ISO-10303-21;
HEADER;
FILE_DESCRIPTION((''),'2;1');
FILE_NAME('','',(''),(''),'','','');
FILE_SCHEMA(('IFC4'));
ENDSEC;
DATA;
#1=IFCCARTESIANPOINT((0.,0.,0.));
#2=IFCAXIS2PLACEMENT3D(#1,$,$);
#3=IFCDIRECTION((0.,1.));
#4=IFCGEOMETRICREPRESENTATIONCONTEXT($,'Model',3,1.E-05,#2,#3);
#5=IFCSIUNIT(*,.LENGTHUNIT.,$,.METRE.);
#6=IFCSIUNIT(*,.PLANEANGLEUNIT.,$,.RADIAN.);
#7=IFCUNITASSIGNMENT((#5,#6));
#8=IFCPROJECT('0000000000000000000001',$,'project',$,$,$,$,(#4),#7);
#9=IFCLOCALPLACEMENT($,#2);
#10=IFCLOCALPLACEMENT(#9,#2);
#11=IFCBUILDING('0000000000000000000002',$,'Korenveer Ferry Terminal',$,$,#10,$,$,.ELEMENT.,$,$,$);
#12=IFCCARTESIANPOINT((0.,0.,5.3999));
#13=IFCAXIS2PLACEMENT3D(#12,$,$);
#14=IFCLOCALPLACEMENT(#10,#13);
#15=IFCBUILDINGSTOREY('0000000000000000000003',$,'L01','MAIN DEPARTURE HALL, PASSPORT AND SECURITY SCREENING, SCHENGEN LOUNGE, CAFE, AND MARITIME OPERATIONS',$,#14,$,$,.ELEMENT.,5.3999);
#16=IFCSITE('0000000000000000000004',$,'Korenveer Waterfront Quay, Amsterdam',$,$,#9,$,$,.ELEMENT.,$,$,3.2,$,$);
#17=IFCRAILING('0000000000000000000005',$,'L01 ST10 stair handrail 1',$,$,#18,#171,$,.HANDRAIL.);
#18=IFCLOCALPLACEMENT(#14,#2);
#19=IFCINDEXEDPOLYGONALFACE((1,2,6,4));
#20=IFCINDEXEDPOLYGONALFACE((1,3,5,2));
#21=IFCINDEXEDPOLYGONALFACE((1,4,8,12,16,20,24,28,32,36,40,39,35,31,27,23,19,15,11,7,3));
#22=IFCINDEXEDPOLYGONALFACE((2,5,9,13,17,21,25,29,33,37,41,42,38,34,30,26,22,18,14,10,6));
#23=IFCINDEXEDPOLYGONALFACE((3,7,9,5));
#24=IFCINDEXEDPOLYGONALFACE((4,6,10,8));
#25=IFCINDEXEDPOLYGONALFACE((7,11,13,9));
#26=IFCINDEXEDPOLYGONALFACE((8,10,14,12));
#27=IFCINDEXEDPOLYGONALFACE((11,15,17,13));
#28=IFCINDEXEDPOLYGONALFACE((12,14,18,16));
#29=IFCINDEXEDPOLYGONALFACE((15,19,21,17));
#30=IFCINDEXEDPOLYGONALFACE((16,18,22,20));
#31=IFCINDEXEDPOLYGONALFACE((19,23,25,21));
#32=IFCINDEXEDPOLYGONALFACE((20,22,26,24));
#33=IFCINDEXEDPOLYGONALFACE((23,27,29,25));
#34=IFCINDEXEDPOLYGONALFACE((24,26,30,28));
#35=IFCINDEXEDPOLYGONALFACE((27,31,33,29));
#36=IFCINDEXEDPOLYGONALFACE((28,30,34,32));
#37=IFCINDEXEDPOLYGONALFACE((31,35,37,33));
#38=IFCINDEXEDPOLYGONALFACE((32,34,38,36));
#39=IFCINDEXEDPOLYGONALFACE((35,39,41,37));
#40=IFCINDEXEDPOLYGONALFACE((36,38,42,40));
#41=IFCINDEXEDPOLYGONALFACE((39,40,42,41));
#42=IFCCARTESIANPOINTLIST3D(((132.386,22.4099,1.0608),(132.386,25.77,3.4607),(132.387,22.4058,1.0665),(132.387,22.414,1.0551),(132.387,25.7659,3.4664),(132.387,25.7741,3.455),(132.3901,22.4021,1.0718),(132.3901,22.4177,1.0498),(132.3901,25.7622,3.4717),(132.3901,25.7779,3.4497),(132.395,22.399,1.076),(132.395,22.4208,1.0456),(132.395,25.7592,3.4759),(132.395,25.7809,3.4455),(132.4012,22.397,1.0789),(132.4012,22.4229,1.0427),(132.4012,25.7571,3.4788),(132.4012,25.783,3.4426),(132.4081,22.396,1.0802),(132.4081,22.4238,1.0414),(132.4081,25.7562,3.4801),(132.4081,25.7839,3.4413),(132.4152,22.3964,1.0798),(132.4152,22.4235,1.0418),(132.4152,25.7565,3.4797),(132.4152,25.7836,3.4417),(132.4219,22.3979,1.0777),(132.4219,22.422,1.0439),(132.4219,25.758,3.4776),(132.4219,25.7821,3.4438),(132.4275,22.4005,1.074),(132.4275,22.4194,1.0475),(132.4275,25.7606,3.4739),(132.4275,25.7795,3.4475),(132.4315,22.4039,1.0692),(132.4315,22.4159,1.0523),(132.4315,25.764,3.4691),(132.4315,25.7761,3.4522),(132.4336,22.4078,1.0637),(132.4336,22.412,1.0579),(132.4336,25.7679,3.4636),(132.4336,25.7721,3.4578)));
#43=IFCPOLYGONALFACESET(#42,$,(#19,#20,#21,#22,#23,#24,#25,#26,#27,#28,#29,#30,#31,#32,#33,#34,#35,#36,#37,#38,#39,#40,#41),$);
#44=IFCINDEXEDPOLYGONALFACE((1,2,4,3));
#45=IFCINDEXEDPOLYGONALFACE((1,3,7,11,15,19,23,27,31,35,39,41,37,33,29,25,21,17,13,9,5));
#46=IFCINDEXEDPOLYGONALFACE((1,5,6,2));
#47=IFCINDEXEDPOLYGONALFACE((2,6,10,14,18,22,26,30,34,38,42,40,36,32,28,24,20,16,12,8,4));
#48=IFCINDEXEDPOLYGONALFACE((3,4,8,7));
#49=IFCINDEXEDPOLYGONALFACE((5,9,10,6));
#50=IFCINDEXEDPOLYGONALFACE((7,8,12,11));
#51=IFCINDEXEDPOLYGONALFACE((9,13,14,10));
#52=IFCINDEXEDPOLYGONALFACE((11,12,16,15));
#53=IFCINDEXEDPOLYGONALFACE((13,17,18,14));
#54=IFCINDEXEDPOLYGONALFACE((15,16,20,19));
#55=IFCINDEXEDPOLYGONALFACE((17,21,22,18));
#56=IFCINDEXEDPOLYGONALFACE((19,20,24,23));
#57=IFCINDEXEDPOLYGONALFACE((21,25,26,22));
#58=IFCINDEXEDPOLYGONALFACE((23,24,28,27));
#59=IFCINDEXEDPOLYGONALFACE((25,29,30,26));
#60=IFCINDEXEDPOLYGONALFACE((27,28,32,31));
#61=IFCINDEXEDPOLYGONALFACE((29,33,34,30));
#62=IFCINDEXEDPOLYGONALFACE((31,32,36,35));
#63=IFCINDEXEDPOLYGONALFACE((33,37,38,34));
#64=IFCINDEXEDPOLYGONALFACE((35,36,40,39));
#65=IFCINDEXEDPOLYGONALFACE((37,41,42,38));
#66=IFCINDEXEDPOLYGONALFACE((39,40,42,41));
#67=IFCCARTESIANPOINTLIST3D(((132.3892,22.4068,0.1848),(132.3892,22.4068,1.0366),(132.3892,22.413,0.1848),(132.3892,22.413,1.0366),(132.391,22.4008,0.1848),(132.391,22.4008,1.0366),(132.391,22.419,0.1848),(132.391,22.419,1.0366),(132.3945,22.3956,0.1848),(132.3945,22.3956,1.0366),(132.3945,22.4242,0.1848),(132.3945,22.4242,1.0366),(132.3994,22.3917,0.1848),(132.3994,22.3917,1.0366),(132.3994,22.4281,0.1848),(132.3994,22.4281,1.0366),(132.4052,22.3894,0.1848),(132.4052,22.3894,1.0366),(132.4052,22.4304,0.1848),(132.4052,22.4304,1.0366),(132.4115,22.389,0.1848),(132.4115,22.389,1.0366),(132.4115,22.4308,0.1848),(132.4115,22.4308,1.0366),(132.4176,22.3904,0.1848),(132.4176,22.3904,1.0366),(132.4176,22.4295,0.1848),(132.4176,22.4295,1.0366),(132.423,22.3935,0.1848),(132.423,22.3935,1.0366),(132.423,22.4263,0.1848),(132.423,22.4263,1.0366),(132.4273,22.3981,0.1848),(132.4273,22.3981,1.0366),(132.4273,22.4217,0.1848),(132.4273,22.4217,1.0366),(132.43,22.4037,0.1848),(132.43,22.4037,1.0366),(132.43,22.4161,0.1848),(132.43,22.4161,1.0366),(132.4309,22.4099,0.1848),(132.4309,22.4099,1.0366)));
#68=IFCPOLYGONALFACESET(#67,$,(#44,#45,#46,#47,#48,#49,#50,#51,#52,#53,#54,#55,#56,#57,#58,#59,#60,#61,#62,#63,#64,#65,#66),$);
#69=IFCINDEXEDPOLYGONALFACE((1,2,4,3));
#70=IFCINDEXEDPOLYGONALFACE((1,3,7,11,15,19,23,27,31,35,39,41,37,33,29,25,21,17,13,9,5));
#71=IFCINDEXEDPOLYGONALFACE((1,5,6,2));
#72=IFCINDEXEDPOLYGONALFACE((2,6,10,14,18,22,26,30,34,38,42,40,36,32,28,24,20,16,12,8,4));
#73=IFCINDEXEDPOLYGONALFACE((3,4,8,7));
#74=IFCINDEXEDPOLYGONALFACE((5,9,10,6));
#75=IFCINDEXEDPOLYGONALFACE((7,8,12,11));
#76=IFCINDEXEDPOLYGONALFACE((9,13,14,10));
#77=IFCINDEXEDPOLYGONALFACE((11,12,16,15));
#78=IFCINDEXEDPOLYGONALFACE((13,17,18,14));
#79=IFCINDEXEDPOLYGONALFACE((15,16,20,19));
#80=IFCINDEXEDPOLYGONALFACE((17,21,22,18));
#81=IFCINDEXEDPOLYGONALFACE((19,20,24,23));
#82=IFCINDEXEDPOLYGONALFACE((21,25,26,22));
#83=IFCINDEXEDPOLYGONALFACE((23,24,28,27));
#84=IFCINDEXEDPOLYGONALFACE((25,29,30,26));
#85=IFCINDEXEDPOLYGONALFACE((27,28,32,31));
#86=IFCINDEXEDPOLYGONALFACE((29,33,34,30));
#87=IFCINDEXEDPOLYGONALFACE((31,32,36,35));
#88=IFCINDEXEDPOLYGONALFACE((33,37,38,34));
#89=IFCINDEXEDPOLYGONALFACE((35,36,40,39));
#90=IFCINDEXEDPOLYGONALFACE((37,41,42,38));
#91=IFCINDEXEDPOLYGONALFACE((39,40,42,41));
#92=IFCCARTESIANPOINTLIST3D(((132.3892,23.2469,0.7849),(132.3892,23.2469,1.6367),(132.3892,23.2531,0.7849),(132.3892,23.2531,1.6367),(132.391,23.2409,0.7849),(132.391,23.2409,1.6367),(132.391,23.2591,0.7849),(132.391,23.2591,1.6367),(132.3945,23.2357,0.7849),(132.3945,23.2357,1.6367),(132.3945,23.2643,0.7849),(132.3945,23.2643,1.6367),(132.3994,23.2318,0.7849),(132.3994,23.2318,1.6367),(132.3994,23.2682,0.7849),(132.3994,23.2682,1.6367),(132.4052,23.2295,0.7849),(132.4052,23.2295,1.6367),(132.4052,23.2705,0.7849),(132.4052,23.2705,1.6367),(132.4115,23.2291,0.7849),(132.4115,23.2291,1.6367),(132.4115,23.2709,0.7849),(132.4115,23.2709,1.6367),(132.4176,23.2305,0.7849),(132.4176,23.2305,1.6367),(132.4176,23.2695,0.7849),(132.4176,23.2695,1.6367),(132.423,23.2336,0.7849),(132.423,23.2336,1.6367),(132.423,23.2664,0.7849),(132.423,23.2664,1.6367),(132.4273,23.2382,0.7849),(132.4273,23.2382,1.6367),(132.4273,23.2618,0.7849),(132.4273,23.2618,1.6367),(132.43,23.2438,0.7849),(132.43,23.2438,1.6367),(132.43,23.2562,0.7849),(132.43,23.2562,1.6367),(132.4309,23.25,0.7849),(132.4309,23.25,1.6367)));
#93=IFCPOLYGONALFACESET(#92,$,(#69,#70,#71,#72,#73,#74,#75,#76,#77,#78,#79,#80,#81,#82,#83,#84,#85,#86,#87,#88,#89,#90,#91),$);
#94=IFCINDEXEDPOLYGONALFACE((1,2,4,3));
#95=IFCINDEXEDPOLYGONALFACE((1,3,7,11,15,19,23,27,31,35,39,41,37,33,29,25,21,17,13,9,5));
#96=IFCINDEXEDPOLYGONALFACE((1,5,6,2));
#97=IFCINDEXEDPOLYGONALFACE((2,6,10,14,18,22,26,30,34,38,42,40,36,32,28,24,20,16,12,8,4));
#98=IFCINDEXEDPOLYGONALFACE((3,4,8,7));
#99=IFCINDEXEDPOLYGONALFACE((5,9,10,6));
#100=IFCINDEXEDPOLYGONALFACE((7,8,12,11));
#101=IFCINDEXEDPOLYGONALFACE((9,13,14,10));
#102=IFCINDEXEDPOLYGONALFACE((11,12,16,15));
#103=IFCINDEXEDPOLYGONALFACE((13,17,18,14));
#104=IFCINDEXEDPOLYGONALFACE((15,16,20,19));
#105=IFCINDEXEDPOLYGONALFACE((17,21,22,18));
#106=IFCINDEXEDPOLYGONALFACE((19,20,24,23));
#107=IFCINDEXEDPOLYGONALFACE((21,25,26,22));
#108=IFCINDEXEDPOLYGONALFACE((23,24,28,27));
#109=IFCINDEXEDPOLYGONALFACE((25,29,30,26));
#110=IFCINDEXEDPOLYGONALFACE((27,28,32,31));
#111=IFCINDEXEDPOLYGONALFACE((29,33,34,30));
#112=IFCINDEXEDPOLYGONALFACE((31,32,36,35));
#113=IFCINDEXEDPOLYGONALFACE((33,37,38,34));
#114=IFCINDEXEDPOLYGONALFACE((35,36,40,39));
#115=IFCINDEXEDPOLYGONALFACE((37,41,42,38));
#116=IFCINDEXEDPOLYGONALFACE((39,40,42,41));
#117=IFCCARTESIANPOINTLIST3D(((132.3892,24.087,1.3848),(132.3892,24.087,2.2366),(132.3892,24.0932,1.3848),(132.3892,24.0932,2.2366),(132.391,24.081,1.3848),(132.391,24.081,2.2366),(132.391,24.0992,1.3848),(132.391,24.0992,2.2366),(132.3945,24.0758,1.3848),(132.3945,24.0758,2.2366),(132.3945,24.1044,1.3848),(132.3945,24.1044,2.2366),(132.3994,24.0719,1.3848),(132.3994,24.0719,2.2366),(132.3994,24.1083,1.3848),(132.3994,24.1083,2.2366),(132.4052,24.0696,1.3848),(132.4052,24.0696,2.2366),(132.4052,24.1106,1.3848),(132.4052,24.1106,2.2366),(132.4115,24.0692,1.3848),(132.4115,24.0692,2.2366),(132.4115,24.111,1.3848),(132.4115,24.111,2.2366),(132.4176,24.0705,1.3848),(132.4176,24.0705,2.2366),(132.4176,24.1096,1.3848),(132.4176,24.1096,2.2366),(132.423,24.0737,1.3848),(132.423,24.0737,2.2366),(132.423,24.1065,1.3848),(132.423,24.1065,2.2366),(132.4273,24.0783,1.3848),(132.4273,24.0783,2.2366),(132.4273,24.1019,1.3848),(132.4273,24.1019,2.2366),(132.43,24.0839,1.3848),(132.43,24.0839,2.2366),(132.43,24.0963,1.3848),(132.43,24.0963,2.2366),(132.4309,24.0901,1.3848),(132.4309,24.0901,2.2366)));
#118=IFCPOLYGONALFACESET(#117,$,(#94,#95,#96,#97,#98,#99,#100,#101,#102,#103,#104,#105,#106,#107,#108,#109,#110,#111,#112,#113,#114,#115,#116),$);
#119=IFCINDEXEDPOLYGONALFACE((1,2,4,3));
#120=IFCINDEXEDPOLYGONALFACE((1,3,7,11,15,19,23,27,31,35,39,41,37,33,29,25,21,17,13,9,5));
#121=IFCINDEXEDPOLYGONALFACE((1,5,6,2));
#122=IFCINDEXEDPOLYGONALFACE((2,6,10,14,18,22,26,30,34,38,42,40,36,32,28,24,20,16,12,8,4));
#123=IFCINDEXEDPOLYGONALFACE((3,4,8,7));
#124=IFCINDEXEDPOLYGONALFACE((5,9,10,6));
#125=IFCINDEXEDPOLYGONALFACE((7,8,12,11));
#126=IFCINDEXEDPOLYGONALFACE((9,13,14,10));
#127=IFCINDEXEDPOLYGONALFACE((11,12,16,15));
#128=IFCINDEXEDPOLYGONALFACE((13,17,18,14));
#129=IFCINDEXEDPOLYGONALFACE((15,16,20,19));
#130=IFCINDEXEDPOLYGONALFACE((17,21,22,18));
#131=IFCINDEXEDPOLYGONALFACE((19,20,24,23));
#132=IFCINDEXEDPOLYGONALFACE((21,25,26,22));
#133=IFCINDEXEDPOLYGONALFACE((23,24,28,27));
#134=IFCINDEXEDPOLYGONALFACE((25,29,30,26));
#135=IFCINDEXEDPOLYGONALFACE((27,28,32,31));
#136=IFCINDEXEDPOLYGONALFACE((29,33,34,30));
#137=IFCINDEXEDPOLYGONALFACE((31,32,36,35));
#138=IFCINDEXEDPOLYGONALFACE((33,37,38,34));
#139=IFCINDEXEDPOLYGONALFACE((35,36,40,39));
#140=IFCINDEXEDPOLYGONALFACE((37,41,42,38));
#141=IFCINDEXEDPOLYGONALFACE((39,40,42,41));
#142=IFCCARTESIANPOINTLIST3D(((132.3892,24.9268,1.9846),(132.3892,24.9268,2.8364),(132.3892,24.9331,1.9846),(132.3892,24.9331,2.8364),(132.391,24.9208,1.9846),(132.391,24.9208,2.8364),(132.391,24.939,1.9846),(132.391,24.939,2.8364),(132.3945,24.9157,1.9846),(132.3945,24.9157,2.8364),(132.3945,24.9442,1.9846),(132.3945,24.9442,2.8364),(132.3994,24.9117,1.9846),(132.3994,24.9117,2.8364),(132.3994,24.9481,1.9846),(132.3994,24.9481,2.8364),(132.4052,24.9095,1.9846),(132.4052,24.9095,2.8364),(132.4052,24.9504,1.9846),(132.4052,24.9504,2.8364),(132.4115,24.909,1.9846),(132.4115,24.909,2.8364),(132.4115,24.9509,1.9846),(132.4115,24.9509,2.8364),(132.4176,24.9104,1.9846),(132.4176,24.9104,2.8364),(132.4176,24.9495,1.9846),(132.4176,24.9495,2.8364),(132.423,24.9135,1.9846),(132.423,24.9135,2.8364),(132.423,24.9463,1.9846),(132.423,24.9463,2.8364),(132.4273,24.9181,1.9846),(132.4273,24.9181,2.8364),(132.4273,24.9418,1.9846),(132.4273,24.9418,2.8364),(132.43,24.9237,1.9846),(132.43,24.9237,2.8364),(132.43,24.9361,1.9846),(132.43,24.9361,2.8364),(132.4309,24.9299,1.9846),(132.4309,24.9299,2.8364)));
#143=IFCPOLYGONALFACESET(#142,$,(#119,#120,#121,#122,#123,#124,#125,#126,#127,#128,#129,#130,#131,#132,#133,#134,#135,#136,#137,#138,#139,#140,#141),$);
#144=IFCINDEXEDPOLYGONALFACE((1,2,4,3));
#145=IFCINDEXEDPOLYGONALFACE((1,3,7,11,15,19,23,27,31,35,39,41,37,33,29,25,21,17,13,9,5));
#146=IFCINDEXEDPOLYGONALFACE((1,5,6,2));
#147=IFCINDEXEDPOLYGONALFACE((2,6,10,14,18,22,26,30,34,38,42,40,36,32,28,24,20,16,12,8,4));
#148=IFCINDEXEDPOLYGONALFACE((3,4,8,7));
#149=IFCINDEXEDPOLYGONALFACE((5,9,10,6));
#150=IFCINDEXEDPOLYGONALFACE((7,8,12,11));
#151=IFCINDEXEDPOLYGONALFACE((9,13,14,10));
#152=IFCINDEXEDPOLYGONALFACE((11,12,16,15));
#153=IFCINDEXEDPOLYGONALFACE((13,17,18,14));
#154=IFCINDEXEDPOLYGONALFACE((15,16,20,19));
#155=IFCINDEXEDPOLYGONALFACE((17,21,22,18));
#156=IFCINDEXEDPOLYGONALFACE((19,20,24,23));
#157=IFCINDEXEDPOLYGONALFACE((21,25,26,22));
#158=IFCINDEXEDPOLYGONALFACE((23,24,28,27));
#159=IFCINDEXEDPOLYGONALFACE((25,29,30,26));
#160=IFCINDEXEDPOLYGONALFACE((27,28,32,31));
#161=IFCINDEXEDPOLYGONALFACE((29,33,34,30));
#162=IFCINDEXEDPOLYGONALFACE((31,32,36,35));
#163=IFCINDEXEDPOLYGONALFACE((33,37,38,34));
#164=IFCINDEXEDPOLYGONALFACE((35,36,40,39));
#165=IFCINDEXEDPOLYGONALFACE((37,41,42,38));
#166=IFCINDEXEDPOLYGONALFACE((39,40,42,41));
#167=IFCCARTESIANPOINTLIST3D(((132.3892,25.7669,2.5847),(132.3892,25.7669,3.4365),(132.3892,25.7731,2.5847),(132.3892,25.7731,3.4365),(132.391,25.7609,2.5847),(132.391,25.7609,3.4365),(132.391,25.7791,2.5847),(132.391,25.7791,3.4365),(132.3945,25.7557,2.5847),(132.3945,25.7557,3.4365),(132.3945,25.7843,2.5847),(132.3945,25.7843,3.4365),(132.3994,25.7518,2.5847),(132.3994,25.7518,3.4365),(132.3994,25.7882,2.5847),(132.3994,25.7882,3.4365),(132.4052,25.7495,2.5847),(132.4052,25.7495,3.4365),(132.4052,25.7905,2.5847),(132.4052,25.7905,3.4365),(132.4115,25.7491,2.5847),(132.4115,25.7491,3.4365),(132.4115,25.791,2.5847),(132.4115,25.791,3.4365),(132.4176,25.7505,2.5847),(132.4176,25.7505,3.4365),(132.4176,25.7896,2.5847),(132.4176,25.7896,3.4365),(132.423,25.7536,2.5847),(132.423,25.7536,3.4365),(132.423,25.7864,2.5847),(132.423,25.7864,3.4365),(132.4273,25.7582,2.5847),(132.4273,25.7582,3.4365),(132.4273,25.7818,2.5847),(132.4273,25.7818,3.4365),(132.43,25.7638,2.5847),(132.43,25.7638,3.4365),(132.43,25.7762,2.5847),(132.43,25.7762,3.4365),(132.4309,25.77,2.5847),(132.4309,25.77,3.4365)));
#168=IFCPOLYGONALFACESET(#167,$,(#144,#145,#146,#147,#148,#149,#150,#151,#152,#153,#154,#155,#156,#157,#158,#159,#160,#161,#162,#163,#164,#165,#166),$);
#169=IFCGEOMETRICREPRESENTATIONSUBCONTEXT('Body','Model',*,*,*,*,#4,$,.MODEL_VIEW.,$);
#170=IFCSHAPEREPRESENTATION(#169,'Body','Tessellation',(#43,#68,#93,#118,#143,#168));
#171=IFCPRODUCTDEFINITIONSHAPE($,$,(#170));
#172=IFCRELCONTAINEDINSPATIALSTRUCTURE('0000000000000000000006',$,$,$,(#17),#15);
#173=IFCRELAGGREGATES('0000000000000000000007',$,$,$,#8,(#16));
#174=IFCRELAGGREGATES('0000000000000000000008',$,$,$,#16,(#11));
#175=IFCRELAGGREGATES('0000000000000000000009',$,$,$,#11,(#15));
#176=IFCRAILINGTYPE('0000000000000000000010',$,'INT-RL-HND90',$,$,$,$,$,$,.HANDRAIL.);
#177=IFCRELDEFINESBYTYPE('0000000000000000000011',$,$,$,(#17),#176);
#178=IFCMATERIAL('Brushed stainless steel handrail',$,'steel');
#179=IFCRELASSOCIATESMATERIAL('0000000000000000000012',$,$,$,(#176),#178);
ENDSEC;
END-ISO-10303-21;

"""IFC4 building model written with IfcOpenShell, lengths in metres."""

from ifc_helpers import new_model, si_unit, direction, frame, origin, origin_2d, place, context, subcontext, project, spatial, circle, extrude, material, type_object, element, save


model = new_model("IFC4")

# Units and contexts
model_context = context("Model", 3, precision=1e-05, world=origin(), true_north=direction((0.0, 1.0)))
body_context = subcontext(model_context, "Body", "Model", "MODEL_VIEW")
ifc_project = project(units=[si_unit("LENGTHUNIT", "METRE"), si_unit("PLANEANGLEUNIT", "RADIAN")], contexts=[model_context])

# Site, building, storey
site_placement = place(None, origin())
site = spatial("IfcSite", under=ifc_project, at=site_placement, Name="Korenveer Waterfront Quay, Amsterdam", CompositionType="ELEMENT", RefElevation=3.2)
building_placement = place(site_placement, origin())
building = spatial("IfcBuilding", under=site, at=building_placement, Name="Korenveer Ferry Terminal", CompositionType="ELEMENT")
storey_placement = place(building_placement, frame((0.0, 0.0, 5.3999)))
storey = spatial("IfcBuildingStorey", under=building, at=storey_placement, Name="L01", Description="MAIN DEPARTURE HALL, PASSPORT AND SECURITY SCREENING, SCHENGEN LOUNGE, CAFE, AND MARITIME OPERATIONS", CompositionType="ELEMENT", Elevation=5.3999)

# Railing
ifc_material_1 = material(Name="Brushed stainless steel handrail", Category="steel")
railing_type_1 = type_object("IfcRailingType", Name="INT-RL-HND90", PredefinedType="HANDRAIL", material=ifc_material_1)
railing_1_placement = place(storey_placement, frame((132.4099, 22.4099, 0.1848)))
element("IfcRailing", 1, at=railing_1_placement, inside=storey, type_object=railing_type_1, Name="L01 ST10 stair handrail 1", PredefinedType="HANDRAIL", context=body_context, shape_type="SweptSolid", body=[
    extrude(circle(Radius=0.0239, at=origin_2d()), frame((0.0, 0.0, 0.876), z_axis=(0.0, 0.813753, 0.58121), x_axis=(-1.0, 0.0, 0.0)), (0.0, 0.0, 1.0), 4.1292),
    extrude(circle(Radius=0.021, at=origin_2d()), origin(), (0.0, 0.0, 1.0), 0.8518),
    extrude(circle(Radius=0.021, at=origin_2d()), frame((0.0, 0.8401, 0.6001)), (0.0, 0.0, 1.0), 0.8518),
    extrude(circle(Radius=0.021, at=origin_2d()), frame((0.0, 1.6802, 1.2)), (0.0, 0.0, 1.0), 0.8518),
    extrude(circle(Radius=0.021, at=origin_2d()), frame((0.0, 2.52, 1.7998)), (0.0, 0.0, 1.0), 0.8518),
    extrude(circle(Radius=0.021, at=origin_2d()), frame((0.0, 3.3601, 2.3999)), (0.0, 0.0, 1.0), 0.8518),
])

save(model, "model.ifc")
